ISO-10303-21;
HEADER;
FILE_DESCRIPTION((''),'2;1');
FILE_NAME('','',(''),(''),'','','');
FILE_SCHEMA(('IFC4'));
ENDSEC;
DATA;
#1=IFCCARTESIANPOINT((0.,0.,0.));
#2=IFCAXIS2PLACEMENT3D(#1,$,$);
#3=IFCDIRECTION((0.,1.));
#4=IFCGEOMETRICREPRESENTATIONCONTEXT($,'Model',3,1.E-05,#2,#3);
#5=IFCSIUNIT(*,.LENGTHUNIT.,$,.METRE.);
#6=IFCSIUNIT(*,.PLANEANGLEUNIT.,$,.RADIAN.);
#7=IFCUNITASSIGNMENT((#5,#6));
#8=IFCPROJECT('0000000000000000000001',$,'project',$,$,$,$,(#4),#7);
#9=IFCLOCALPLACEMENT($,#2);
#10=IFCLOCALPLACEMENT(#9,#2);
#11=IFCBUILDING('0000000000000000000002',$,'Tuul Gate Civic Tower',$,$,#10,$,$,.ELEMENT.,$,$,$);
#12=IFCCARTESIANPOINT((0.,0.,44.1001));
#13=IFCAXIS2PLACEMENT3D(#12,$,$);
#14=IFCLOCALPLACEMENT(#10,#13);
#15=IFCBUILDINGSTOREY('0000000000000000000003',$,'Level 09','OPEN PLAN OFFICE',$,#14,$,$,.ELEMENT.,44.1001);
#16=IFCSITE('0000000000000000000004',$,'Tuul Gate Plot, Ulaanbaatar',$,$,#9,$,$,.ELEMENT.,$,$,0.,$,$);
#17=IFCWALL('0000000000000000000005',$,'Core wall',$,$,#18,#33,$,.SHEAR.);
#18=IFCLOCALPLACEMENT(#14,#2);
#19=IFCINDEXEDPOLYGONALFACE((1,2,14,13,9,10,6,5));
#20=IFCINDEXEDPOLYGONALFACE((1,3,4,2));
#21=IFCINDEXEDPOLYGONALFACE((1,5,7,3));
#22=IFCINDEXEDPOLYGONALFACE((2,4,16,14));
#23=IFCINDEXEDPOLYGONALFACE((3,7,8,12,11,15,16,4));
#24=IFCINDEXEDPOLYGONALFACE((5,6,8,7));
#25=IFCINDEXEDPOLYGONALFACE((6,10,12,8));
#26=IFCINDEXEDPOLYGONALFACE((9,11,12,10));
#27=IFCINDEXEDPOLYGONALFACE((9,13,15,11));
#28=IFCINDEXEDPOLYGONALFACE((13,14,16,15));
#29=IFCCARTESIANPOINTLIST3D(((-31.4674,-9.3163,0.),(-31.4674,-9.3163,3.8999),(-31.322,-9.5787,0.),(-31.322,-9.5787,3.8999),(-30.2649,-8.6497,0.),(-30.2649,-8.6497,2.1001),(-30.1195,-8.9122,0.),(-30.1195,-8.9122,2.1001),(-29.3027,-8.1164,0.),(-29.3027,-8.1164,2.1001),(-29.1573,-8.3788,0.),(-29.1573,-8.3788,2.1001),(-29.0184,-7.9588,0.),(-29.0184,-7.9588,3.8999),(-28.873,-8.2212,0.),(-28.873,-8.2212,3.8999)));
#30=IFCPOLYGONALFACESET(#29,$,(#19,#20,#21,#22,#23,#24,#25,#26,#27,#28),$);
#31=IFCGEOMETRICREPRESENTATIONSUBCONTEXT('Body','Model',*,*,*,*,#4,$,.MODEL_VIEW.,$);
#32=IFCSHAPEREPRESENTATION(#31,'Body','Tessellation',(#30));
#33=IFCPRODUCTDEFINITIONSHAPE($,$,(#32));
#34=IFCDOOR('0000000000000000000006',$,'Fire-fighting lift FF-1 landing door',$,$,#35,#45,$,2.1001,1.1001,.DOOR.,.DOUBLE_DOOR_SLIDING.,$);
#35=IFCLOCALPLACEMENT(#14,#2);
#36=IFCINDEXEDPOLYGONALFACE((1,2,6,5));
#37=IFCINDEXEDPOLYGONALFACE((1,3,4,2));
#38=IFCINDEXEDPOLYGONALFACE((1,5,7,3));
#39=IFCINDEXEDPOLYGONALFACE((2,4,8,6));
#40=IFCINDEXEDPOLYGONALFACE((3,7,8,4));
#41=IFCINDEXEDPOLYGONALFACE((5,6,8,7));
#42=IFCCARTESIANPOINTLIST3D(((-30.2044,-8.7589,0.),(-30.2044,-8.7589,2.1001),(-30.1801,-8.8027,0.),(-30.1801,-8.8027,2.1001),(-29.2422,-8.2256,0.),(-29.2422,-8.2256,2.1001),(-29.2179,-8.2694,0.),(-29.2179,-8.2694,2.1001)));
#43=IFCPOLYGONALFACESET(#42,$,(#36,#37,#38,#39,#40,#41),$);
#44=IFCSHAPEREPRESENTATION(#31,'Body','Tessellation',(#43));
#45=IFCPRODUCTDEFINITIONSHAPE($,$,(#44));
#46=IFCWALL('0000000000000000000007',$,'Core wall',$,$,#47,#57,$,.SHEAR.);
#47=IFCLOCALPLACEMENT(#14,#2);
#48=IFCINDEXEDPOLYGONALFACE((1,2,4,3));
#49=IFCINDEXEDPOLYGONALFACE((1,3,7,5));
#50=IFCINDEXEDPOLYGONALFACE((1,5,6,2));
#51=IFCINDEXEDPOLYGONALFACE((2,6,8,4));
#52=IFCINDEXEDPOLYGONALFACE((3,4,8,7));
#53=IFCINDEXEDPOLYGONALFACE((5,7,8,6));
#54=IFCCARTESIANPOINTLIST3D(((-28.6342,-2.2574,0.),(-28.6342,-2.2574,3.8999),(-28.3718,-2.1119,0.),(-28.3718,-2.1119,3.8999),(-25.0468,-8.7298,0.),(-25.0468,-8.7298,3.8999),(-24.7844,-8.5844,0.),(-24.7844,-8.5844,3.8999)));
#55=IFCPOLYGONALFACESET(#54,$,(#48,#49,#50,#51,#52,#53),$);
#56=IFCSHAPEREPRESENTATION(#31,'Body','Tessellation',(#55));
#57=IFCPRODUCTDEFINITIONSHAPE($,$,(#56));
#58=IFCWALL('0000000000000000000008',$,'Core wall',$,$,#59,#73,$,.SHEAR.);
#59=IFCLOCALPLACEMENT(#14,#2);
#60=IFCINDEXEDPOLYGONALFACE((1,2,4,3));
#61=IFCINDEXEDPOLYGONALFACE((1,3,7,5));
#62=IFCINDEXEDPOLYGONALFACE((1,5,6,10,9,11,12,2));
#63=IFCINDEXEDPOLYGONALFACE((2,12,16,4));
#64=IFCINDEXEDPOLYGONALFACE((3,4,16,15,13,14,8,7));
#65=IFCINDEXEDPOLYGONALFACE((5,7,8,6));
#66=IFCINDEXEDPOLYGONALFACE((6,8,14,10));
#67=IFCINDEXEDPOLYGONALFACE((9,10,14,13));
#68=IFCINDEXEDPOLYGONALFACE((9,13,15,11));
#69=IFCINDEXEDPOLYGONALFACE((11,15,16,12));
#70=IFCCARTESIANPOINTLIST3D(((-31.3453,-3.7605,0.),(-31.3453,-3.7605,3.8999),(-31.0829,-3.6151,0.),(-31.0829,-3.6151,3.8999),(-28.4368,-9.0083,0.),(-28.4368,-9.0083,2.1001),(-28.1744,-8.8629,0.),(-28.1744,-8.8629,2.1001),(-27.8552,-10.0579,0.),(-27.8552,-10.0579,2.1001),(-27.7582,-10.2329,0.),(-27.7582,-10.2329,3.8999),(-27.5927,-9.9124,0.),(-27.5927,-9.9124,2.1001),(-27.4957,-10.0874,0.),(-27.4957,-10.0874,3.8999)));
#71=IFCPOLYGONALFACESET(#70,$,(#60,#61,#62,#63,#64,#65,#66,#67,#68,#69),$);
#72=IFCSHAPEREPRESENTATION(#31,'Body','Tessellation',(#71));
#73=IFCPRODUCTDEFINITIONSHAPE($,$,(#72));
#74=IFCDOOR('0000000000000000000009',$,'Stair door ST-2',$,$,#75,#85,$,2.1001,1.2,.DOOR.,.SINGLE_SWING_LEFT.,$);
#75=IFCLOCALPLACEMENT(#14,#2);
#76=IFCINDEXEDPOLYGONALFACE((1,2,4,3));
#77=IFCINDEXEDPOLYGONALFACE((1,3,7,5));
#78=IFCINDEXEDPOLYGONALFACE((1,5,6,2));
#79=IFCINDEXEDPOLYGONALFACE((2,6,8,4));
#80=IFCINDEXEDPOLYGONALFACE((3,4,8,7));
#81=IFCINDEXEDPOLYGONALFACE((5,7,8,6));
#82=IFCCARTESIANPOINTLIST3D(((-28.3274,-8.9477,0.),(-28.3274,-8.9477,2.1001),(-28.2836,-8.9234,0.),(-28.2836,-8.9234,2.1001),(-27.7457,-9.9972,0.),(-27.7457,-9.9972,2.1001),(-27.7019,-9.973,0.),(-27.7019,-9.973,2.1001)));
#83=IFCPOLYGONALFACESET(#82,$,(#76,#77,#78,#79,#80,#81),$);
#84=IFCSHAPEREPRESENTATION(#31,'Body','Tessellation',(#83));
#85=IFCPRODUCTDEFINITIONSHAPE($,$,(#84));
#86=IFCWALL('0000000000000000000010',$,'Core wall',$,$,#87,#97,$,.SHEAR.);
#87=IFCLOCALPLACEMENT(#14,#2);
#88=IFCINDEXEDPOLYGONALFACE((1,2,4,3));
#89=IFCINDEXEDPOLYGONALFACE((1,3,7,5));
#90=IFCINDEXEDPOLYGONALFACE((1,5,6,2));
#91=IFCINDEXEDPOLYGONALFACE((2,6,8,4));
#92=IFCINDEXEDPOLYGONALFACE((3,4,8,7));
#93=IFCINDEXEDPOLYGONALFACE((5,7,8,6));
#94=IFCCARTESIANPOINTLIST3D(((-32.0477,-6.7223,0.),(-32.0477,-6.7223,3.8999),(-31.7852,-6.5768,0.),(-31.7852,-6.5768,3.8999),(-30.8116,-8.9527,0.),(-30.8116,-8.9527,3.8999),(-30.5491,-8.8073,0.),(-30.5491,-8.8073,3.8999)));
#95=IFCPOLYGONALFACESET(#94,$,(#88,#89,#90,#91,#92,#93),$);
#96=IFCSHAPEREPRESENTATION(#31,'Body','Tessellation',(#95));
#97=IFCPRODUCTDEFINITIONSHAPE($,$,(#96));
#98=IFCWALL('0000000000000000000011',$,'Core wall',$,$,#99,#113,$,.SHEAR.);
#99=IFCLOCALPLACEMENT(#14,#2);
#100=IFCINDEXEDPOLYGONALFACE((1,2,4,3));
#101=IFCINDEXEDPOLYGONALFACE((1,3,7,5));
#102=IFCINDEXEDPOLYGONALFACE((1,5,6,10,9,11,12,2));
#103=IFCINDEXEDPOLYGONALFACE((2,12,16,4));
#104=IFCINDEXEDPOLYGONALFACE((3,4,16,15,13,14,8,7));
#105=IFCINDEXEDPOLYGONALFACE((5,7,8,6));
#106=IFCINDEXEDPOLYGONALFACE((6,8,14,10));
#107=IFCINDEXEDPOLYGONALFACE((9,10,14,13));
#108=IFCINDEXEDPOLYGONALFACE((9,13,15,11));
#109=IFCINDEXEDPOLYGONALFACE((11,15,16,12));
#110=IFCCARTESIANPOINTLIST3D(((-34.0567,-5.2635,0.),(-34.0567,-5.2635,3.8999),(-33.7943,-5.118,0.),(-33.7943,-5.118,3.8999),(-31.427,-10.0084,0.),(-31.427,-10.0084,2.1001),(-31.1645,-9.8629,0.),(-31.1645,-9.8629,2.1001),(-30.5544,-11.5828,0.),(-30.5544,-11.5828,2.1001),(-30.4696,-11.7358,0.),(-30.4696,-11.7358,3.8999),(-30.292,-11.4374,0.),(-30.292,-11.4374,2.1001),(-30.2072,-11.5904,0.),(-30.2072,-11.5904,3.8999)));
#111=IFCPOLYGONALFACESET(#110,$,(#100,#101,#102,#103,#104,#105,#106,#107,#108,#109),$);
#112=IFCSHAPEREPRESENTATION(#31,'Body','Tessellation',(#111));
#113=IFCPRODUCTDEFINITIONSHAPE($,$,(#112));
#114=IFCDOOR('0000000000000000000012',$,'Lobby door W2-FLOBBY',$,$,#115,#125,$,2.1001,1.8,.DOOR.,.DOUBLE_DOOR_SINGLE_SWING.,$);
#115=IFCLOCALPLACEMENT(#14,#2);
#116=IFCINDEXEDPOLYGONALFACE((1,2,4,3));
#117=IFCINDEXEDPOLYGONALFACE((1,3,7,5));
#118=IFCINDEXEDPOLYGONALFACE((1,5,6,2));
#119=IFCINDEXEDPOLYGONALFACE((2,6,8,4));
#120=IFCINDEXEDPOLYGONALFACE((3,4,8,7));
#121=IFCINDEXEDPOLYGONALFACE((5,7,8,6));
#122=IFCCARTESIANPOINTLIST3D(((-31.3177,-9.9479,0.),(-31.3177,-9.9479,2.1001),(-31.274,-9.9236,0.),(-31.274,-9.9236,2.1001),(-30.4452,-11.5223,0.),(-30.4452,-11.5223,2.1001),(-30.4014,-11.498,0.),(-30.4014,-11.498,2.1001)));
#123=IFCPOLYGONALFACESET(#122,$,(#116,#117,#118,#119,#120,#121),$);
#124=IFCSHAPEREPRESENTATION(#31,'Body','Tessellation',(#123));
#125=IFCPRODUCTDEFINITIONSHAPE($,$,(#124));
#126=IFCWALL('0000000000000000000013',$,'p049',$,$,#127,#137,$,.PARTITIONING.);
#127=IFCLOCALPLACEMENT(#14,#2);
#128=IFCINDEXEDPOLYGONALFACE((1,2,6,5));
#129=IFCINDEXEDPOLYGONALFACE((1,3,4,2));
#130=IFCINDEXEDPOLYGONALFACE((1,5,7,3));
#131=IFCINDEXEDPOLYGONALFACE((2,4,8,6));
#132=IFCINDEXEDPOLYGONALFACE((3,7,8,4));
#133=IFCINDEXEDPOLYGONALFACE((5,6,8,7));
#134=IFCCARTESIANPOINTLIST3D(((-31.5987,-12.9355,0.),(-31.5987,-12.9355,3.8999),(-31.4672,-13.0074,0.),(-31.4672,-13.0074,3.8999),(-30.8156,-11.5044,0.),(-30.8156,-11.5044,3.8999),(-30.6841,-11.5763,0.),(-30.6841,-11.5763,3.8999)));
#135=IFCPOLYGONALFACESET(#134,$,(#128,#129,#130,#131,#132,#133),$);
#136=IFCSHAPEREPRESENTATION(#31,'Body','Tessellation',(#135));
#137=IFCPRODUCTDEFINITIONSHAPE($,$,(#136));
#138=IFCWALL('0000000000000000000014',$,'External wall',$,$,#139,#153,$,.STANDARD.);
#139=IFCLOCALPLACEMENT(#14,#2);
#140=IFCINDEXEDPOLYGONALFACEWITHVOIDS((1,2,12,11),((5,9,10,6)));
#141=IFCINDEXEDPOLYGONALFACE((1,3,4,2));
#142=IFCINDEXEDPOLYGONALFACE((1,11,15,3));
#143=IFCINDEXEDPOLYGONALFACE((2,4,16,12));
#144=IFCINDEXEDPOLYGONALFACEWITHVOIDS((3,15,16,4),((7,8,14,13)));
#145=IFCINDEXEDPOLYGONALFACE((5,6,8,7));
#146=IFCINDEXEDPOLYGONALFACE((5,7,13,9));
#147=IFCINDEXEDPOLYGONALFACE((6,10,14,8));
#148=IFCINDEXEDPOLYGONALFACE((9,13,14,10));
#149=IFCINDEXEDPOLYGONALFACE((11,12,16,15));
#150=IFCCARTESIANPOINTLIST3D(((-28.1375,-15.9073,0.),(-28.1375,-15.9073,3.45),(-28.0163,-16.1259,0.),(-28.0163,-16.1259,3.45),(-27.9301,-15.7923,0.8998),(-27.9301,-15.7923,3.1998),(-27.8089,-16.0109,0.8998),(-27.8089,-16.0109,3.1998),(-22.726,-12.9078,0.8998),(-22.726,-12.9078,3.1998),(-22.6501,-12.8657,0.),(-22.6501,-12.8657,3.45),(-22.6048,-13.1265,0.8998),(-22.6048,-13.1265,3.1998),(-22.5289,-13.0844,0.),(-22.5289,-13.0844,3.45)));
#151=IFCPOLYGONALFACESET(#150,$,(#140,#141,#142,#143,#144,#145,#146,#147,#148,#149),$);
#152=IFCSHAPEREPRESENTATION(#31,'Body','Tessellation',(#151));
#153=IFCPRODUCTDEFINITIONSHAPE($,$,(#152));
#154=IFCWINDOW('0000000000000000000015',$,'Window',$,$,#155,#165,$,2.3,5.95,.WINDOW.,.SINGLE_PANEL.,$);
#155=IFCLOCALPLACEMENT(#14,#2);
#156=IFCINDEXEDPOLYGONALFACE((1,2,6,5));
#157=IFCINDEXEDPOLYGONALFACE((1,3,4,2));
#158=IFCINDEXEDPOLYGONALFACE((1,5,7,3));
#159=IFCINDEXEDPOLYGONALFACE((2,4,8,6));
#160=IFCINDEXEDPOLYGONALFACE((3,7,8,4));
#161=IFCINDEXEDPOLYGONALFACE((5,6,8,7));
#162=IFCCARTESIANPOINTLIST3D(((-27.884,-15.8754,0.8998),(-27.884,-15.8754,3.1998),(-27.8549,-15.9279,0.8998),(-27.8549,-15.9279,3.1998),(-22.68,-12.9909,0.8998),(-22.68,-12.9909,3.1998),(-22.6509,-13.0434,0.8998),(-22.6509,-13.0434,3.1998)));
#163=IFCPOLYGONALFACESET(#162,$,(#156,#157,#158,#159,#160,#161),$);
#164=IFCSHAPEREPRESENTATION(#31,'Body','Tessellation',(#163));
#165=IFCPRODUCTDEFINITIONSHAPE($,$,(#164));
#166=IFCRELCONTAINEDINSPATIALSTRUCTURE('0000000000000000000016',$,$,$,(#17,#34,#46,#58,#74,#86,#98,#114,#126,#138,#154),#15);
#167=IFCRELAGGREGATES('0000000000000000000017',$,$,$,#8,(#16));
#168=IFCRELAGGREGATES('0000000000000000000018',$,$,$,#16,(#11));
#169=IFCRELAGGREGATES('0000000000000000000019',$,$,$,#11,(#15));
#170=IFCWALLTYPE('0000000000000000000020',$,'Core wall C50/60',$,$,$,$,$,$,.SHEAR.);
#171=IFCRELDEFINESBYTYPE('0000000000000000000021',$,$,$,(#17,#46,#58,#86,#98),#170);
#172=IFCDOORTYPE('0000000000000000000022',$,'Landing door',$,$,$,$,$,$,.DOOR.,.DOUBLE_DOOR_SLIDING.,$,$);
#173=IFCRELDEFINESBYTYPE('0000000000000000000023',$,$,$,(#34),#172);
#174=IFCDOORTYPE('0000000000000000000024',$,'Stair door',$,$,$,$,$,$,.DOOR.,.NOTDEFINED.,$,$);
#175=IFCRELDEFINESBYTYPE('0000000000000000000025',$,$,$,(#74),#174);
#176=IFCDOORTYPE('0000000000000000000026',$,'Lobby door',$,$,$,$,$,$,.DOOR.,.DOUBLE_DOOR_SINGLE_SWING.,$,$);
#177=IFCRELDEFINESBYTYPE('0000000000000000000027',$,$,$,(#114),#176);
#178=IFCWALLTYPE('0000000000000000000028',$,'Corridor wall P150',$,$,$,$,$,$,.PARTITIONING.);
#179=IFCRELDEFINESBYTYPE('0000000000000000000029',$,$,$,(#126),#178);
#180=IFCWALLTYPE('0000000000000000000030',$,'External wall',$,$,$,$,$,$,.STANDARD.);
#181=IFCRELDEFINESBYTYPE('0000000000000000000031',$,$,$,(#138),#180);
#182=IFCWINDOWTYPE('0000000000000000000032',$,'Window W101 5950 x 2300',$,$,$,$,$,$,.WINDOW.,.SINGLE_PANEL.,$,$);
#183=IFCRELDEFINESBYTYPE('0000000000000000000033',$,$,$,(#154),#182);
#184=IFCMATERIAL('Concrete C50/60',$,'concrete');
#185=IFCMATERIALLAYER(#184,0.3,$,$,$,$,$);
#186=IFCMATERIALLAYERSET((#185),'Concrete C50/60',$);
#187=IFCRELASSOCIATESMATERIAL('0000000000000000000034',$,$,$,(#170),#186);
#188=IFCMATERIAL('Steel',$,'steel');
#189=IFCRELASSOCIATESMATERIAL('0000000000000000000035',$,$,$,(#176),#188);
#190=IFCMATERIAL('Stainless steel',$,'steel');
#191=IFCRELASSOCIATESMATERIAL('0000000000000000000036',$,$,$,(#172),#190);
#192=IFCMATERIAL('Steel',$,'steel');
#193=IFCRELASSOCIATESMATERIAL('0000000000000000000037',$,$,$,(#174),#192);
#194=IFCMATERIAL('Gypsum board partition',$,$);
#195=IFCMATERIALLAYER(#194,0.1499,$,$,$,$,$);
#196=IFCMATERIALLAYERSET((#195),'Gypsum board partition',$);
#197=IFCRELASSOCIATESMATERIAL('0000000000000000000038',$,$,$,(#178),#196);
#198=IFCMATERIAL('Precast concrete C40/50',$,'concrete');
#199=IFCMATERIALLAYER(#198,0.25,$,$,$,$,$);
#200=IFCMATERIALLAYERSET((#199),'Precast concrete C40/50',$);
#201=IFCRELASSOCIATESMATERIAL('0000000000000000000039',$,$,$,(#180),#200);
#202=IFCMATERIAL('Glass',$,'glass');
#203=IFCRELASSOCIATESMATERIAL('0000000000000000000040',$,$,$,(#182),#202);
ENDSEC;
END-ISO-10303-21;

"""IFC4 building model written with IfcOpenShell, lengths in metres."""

from ifc_helpers import new_model, si_unit, direction, frame, frame_2d, origin, place, context, subcontext, project, spatial, rectangle, extrude, material, layer, layer_set, type_object, element, fill, save


model = new_model("IFC4")

# Units and contexts
model_context = context("Model", 3, precision=1e-05, world=origin(), true_north=direction((0.0, 1.0)))
body_context = subcontext(model_context, "Body", "Model", "MODEL_VIEW")
ifc_project = project(units=[si_unit("LENGTHUNIT", "METRE"), si_unit("PLANEANGLEUNIT", "RADIAN")], contexts=[model_context])

# Site, building, storey
site_placement = place(None, origin())
site = spatial("IfcSite", under=ifc_project, at=site_placement, Name="Tuul Gate Plot, Ulaanbaatar", CompositionType="ELEMENT", RefElevation=0.0)
building_placement = place(site_placement, origin())
building = spatial("IfcBuilding", under=site, at=building_placement, Name="Tuul Gate Civic Tower", CompositionType="ELEMENT")
storey_placement = place(building_placement, frame((0.0, 0.0, 44.1001)))
storey = spatial("IfcBuildingStorey", under=building, at=storey_placement, Name="Level 09", Description="OPEN PLAN OFFICE", CompositionType="ELEMENT", Elevation=44.1001)

# Shared definitions
ifc_material_1 = material(Name="Concrete C50/60", Category="concrete")
ifc_layer_1 = layer(ifc_material_1, 0.3)
ifc_layer_set_1 = layer_set([ifc_layer_1], Name="Concrete C50/60")
wall_type_1 = type_object("IfcWallType", Name="Core wall C50/60", PredefinedType="SHEAR", material=ifc_layer_set_1)
ifc_material_2 = material(Name="Steel", Category="steel")
door_type_1 = type_object("IfcDoorType", Name="Lobby door", OperationType="DOUBLE_DOOR_SINGLE_SWING", PredefinedType="DOOR", material=ifc_material_2)

# Wall, opening, door
wall_1_placement = place(storey_placement, frame((-28.9458, -8.0901, 0.0), z_axis=(0.0, 0.0, 1.0), x_axis=(-0.87463, -0.484791, 0.0)))
wall_1 = element("IfcWall", 1, at=wall_1_placement, inside=storey, type_object=wall_type_1, Name="Core wall", PredefinedType="SHEAR", context=body_context, shape_type="SweptSolid", body=[
    extrude(rectangle(XDim=2.8, YDim=0.3, at=frame_2d((1.3999, 0.0))), origin(), (0.0, 0.0, 1.0), 3.8999),
])
opening_1_placement = place(wall_1_placement, frame((0.325, 0.0, 0.0)))
opening_1 = element("IfcOpeningElement", 2, at=opening_1_placement, cuts=wall_1, PredefinedType="OPENING", context=body_context, shape_type="SweptSolid", body=[
    extrude(rectangle(XDim=1.1001, YDim=2.1001, at=frame_2d((0.55, 1.05))), frame((0.0, 0.1602, 0.0), z_axis=(0.0, -1.0, 0.0), x_axis=(1.0, 0.0, 0.0)), (0.0, 0.0, 1.0), 0.3201),
])
ifc_material_3 = material(Name="Stainless steel", Category="steel")
door_type_2 = type_object("IfcDoorType", Name="Landing door", OperationType="DOUBLE_DOOR_SLIDING", PredefinedType="DOOR", material=ifc_material_3)
door_1_placement = place(opening_1_placement, origin())
door_1 = element("IfcDoor", 3, at=door_1_placement, inside=storey, type_object=door_type_2, Name="Fire-fighting lift FF-1 landing door", OperationType="DOUBLE_DOOR_SLIDING", OverallHeight=2.1001, OverallWidth=1.1001, PredefinedType="DOOR", context=body_context, shape_type="SweptSolid", body=[
    extrude(rectangle(XDim=1.1001, YDim=2.1001, at=frame_2d((0.55, 1.05))), frame((0.0, 0.0249, 0.0), z_axis=(0.0, -1.0, 0.0), x_axis=(1.0, 0.0, 0.0)), (0.0, 0.0, 1.0), 0.05),
])
fill(opening_1, door_1)

# Wall
wall_2_placement = place(storey_placement, frame((-24.9155, -8.6572, 0.0), z_axis=(0.0, 0.0, 1.0), x_axis=(-0.484777, 0.874638, 0.0)))
element("IfcWall", 4, at=wall_2_placement, inside=storey, type_object=wall_type_1, Name="Core wall", PredefinedType="SHEAR", context=body_context, shape_type="SweptSolid", body=[
    extrude(rectangle(XDim=7.4001, YDim=0.3, at=frame_2d((3.7002, 0.0))), origin(), (0.0, 0.0, 1.0), 3.8999),
])

# Wall, opening, door
wall_3_placement = place(storey_placement, frame((-27.627, -10.1602, 0.0), z_axis=(0.0, 0.0, 1.0), x_axis=(-0.484752, 0.874652, 0.0)))
wall_3 = element("IfcWall", 5, at=wall_3_placement, inside=storey, type_object=wall_type_1, Name="Core wall", PredefinedType="SHEAR", context=body_context, shape_type="SweptSolid", body=[
    extrude(rectangle(XDim=7.3999, YDim=0.3, at=frame_2d((3.7, 0.0))), origin(), (0.0, 0.0, 1.0), 3.8999),
])
opening_2_placement = place(wall_3_placement, frame((0.2, 0.0, 0.0)))
opening_2 = element("IfcOpeningElement", 6, at=opening_2_placement, cuts=wall_3, PredefinedType="OPENING", context=body_context, shape_type="SweptSolid", body=[
    extrude(rectangle(XDim=1.2, YDim=2.1001, at=frame_2d((0.6001, 1.05))), frame((0.0, 0.1602, 0.0), z_axis=(0.0, -1.0, 0.0), x_axis=(1.0, 0.0, 0.0)), (0.0, 0.0, 1.0), 0.3201),
])
ifc_material_4 = material(Name="Steel", Category="steel")
door_type_3 = type_object("IfcDoorType", Name="Stair door", OperationType="NOTDEFINED", PredefinedType="DOOR", material=ifc_material_4)
door_2_placement = place(opening_2_placement, origin())
door_2 = element("IfcDoor", 7, at=door_2_placement, inside=storey, type_object=door_type_3, Name="Stair door ST-2", OperationType="SINGLE_SWING_LEFT", OverallHeight=2.1001, OverallWidth=1.2, PredefinedType="DOOR", context=body_context, shape_type="SweptSolid", body=[
    extrude(rectangle(XDim=1.2, YDim=2.1001, at=frame_2d((0.6001, 1.05))), frame((0.0, 0.0249, 0.0), z_axis=(0.0, -1.0, 0.0), x_axis=(1.0, 0.0, 0.0)), (0.0, 0.0, 1.0), 0.05),
])
fill(opening_2, door_2)

# Wall
wall_4_placement = place(storey_placement, frame((-30.6804, -8.8799, 0.0), z_axis=(0.0, 0.0, 1.0), x_axis=(-0.484724, 0.874667, 0.0)))
element("IfcWall", 8, at=wall_4_placement, inside=storey, type_object=wall_type_1, Name="Core wall", PredefinedType="SHEAR", context=body_context, shape_type="SweptSolid", body=[
    extrude(rectangle(XDim=2.55, YDim=0.3, at=frame_2d((1.2749, 0.0))), origin(), (0.0, 0.0, 1.0), 3.8999),
])

# Wall, opening, door
wall_5_placement = place(storey_placement, frame((-30.3384, -11.6631, 0.0), z_axis=(0.0, 0.0, 1.0), x_axis=(-0.484752, 0.874652, 0.0)))
wall_5 = element("IfcWall", 9, at=wall_5_placement, inside=storey, type_object=wall_type_1, Name="Core wall", PredefinedType="SHEAR", context=body_context, shape_type="SweptSolid", body=[
    extrude(rectangle(XDim=7.3999, YDim=0.3, at=frame_2d((3.7, 0.0))), origin(), (0.0, 0.0, 1.0), 3.8999),
])
opening_3_placement = place(wall_5_placement, frame((0.175, 0.0, 0.0)))
opening_3 = element("IfcOpeningElement", 10, at=opening_3_placement, cuts=wall_5, PredefinedType="OPENING", context=body_context, shape_type="SweptSolid", body=[
    extrude(rectangle(XDim=1.8, YDim=2.1001, at=frame_2d((0.8999, 1.05))), frame((0.0, 0.1602, 0.0), z_axis=(0.0, -1.0, 0.0), x_axis=(1.0, 0.0, 0.0)), (0.0, 0.0, 1.0), 0.3201),
])
door_3_placement = place(opening_3_placement, frame((1.8, 0.0, 0.0), z_axis=(0.0, 0.0, 1.0), x_axis=(-1.0, 0.0, 0.0)))
door_3 = element("IfcDoor", 11, at=door_3_placement, inside=storey, type_object=door_type_1, Name="Lobby door W2-FLOBBY", OperationType="DOUBLE_DOOR_SINGLE_SWING", OverallHeight=2.1001, OverallWidth=1.8, PredefinedType="DOOR", context=body_context, shape_type="SweptSolid", body=[
    extrude(rectangle(XDim=1.8, YDim=2.1001, at=frame_2d((0.9001, 1.05))), frame((0.0, 0.0249, 0.0), z_axis=(0.0, -1.0, 0.0), x_axis=(1.0, 0.0, 0.0)), (0.0, 0.0, 1.0), 0.05),
])
fill(opening_3, door_3)

# Wall
ifc_material_5 = material(Name="Gypsum board partition")
ifc_layer_2 = layer(ifc_material_5, 0.1499)
ifc_layer_set_2 = layer_set([ifc_layer_2], Name="Gypsum board partition")
wall_type_2 = type_object("IfcWallType", Name="Corridor wall P150", PredefinedType="PARTITIONING", material=ifc_layer_set_2)
wall_6_placement = place(storey_placement, frame((-31.533, -12.9714, 0.0), z_axis=(0.0, 0.0, 1.0), x_axis=(0.480068, 0.877231, 0.0)))
element("IfcWall", 12, at=wall_6_placement, inside=storey, type_object=wall_type_2, Name="p049", PredefinedType="PARTITIONING", context=body_context, shape_type="SweptSolid", body=[
    extrude(rectangle(XDim=1.6313, YDim=0.1499, at=frame_2d((0.8157, 0.0))), origin(), (0.0, 0.0, 1.0), 3.8999),
])

# Wall, opening, window
ifc_material_6 = material(Name="Precast concrete C40/50", Category="concrete")
ifc_layer_3 = layer(ifc_material_6, 0.25)
ifc_layer_set_3 = layer_set([ifc_layer_3], Name="Precast concrete C40/50")
wall_type_3 = type_object("IfcWallType", Name="External wall", PredefinedType="STANDARD", material=ifc_layer_set_3)
wall_7_placement = place(storey_placement, frame((-28.0769, -16.0166, 0.0), z_axis=(0.0, 0.0, 1.0), x_axis=(0.87463, 0.48479, 0.0)))
wall_7 = element("IfcWall", 13, at=wall_7_placement, inside=storey, type_object=wall_type_3, Name="External wall", PredefinedType="STANDARD", context=body_context, shape_type="SweptSolid", body=[
    extrude(rectangle(XDim=6.2739, YDim=0.25, at=frame_2d((3.137, 0.0))), origin(), (0.0, 0.0, 1.0), 3.45),
])
opening_4_placement = place(wall_7_placement, frame((0.2371, 0.0, 0.8999)))
opening_4 = element("IfcOpeningElement", 14, at=opening_4_placement, cuts=wall_7, PredefinedType="OPENING", context=body_context, shape_type="SweptSolid", body=[
    extrude(rectangle(XDim=5.95, YDim=2.3, at=frame_2d((2.9751, 1.1499))), frame((0.0, 0.135, 0.0), z_axis=(0.0, -1.0, 0.0), x_axis=(1.0, 0.0, 0.0)), (0.0, 0.0, 1.0), 0.27),
])
ifc_material_7 = material(Name="Glass", Category="glass")
window_type = type_object("IfcWindowType", Name="Window W101 5950 x 2300", PartitioningType="SINGLE_PANEL", PredefinedType="WINDOW", material=ifc_material_7)
window_placement = place(opening_4_placement, origin())
window = element("IfcWindow", 15, at=window_placement, inside=storey, type_object=window_type, Name="Window", OverallHeight=2.3, OverallWidth=5.95, PartitioningType="SINGLE_PANEL", PredefinedType="WINDOW", context=body_context, shape_type="SweptSolid", body=[
    extrude(rectangle(XDim=5.95, YDim=2.3, at=frame_2d((2.9751, 1.1499))), frame((0.0, 0.03, 0.0), z_axis=(0.0, -1.0, 0.0), x_axis=(1.0, 0.0, 0.0)), (0.0, 0.0, 1.0), 0.0601),
])
fill(opening_4, window)

save(model, "model.ifc")
